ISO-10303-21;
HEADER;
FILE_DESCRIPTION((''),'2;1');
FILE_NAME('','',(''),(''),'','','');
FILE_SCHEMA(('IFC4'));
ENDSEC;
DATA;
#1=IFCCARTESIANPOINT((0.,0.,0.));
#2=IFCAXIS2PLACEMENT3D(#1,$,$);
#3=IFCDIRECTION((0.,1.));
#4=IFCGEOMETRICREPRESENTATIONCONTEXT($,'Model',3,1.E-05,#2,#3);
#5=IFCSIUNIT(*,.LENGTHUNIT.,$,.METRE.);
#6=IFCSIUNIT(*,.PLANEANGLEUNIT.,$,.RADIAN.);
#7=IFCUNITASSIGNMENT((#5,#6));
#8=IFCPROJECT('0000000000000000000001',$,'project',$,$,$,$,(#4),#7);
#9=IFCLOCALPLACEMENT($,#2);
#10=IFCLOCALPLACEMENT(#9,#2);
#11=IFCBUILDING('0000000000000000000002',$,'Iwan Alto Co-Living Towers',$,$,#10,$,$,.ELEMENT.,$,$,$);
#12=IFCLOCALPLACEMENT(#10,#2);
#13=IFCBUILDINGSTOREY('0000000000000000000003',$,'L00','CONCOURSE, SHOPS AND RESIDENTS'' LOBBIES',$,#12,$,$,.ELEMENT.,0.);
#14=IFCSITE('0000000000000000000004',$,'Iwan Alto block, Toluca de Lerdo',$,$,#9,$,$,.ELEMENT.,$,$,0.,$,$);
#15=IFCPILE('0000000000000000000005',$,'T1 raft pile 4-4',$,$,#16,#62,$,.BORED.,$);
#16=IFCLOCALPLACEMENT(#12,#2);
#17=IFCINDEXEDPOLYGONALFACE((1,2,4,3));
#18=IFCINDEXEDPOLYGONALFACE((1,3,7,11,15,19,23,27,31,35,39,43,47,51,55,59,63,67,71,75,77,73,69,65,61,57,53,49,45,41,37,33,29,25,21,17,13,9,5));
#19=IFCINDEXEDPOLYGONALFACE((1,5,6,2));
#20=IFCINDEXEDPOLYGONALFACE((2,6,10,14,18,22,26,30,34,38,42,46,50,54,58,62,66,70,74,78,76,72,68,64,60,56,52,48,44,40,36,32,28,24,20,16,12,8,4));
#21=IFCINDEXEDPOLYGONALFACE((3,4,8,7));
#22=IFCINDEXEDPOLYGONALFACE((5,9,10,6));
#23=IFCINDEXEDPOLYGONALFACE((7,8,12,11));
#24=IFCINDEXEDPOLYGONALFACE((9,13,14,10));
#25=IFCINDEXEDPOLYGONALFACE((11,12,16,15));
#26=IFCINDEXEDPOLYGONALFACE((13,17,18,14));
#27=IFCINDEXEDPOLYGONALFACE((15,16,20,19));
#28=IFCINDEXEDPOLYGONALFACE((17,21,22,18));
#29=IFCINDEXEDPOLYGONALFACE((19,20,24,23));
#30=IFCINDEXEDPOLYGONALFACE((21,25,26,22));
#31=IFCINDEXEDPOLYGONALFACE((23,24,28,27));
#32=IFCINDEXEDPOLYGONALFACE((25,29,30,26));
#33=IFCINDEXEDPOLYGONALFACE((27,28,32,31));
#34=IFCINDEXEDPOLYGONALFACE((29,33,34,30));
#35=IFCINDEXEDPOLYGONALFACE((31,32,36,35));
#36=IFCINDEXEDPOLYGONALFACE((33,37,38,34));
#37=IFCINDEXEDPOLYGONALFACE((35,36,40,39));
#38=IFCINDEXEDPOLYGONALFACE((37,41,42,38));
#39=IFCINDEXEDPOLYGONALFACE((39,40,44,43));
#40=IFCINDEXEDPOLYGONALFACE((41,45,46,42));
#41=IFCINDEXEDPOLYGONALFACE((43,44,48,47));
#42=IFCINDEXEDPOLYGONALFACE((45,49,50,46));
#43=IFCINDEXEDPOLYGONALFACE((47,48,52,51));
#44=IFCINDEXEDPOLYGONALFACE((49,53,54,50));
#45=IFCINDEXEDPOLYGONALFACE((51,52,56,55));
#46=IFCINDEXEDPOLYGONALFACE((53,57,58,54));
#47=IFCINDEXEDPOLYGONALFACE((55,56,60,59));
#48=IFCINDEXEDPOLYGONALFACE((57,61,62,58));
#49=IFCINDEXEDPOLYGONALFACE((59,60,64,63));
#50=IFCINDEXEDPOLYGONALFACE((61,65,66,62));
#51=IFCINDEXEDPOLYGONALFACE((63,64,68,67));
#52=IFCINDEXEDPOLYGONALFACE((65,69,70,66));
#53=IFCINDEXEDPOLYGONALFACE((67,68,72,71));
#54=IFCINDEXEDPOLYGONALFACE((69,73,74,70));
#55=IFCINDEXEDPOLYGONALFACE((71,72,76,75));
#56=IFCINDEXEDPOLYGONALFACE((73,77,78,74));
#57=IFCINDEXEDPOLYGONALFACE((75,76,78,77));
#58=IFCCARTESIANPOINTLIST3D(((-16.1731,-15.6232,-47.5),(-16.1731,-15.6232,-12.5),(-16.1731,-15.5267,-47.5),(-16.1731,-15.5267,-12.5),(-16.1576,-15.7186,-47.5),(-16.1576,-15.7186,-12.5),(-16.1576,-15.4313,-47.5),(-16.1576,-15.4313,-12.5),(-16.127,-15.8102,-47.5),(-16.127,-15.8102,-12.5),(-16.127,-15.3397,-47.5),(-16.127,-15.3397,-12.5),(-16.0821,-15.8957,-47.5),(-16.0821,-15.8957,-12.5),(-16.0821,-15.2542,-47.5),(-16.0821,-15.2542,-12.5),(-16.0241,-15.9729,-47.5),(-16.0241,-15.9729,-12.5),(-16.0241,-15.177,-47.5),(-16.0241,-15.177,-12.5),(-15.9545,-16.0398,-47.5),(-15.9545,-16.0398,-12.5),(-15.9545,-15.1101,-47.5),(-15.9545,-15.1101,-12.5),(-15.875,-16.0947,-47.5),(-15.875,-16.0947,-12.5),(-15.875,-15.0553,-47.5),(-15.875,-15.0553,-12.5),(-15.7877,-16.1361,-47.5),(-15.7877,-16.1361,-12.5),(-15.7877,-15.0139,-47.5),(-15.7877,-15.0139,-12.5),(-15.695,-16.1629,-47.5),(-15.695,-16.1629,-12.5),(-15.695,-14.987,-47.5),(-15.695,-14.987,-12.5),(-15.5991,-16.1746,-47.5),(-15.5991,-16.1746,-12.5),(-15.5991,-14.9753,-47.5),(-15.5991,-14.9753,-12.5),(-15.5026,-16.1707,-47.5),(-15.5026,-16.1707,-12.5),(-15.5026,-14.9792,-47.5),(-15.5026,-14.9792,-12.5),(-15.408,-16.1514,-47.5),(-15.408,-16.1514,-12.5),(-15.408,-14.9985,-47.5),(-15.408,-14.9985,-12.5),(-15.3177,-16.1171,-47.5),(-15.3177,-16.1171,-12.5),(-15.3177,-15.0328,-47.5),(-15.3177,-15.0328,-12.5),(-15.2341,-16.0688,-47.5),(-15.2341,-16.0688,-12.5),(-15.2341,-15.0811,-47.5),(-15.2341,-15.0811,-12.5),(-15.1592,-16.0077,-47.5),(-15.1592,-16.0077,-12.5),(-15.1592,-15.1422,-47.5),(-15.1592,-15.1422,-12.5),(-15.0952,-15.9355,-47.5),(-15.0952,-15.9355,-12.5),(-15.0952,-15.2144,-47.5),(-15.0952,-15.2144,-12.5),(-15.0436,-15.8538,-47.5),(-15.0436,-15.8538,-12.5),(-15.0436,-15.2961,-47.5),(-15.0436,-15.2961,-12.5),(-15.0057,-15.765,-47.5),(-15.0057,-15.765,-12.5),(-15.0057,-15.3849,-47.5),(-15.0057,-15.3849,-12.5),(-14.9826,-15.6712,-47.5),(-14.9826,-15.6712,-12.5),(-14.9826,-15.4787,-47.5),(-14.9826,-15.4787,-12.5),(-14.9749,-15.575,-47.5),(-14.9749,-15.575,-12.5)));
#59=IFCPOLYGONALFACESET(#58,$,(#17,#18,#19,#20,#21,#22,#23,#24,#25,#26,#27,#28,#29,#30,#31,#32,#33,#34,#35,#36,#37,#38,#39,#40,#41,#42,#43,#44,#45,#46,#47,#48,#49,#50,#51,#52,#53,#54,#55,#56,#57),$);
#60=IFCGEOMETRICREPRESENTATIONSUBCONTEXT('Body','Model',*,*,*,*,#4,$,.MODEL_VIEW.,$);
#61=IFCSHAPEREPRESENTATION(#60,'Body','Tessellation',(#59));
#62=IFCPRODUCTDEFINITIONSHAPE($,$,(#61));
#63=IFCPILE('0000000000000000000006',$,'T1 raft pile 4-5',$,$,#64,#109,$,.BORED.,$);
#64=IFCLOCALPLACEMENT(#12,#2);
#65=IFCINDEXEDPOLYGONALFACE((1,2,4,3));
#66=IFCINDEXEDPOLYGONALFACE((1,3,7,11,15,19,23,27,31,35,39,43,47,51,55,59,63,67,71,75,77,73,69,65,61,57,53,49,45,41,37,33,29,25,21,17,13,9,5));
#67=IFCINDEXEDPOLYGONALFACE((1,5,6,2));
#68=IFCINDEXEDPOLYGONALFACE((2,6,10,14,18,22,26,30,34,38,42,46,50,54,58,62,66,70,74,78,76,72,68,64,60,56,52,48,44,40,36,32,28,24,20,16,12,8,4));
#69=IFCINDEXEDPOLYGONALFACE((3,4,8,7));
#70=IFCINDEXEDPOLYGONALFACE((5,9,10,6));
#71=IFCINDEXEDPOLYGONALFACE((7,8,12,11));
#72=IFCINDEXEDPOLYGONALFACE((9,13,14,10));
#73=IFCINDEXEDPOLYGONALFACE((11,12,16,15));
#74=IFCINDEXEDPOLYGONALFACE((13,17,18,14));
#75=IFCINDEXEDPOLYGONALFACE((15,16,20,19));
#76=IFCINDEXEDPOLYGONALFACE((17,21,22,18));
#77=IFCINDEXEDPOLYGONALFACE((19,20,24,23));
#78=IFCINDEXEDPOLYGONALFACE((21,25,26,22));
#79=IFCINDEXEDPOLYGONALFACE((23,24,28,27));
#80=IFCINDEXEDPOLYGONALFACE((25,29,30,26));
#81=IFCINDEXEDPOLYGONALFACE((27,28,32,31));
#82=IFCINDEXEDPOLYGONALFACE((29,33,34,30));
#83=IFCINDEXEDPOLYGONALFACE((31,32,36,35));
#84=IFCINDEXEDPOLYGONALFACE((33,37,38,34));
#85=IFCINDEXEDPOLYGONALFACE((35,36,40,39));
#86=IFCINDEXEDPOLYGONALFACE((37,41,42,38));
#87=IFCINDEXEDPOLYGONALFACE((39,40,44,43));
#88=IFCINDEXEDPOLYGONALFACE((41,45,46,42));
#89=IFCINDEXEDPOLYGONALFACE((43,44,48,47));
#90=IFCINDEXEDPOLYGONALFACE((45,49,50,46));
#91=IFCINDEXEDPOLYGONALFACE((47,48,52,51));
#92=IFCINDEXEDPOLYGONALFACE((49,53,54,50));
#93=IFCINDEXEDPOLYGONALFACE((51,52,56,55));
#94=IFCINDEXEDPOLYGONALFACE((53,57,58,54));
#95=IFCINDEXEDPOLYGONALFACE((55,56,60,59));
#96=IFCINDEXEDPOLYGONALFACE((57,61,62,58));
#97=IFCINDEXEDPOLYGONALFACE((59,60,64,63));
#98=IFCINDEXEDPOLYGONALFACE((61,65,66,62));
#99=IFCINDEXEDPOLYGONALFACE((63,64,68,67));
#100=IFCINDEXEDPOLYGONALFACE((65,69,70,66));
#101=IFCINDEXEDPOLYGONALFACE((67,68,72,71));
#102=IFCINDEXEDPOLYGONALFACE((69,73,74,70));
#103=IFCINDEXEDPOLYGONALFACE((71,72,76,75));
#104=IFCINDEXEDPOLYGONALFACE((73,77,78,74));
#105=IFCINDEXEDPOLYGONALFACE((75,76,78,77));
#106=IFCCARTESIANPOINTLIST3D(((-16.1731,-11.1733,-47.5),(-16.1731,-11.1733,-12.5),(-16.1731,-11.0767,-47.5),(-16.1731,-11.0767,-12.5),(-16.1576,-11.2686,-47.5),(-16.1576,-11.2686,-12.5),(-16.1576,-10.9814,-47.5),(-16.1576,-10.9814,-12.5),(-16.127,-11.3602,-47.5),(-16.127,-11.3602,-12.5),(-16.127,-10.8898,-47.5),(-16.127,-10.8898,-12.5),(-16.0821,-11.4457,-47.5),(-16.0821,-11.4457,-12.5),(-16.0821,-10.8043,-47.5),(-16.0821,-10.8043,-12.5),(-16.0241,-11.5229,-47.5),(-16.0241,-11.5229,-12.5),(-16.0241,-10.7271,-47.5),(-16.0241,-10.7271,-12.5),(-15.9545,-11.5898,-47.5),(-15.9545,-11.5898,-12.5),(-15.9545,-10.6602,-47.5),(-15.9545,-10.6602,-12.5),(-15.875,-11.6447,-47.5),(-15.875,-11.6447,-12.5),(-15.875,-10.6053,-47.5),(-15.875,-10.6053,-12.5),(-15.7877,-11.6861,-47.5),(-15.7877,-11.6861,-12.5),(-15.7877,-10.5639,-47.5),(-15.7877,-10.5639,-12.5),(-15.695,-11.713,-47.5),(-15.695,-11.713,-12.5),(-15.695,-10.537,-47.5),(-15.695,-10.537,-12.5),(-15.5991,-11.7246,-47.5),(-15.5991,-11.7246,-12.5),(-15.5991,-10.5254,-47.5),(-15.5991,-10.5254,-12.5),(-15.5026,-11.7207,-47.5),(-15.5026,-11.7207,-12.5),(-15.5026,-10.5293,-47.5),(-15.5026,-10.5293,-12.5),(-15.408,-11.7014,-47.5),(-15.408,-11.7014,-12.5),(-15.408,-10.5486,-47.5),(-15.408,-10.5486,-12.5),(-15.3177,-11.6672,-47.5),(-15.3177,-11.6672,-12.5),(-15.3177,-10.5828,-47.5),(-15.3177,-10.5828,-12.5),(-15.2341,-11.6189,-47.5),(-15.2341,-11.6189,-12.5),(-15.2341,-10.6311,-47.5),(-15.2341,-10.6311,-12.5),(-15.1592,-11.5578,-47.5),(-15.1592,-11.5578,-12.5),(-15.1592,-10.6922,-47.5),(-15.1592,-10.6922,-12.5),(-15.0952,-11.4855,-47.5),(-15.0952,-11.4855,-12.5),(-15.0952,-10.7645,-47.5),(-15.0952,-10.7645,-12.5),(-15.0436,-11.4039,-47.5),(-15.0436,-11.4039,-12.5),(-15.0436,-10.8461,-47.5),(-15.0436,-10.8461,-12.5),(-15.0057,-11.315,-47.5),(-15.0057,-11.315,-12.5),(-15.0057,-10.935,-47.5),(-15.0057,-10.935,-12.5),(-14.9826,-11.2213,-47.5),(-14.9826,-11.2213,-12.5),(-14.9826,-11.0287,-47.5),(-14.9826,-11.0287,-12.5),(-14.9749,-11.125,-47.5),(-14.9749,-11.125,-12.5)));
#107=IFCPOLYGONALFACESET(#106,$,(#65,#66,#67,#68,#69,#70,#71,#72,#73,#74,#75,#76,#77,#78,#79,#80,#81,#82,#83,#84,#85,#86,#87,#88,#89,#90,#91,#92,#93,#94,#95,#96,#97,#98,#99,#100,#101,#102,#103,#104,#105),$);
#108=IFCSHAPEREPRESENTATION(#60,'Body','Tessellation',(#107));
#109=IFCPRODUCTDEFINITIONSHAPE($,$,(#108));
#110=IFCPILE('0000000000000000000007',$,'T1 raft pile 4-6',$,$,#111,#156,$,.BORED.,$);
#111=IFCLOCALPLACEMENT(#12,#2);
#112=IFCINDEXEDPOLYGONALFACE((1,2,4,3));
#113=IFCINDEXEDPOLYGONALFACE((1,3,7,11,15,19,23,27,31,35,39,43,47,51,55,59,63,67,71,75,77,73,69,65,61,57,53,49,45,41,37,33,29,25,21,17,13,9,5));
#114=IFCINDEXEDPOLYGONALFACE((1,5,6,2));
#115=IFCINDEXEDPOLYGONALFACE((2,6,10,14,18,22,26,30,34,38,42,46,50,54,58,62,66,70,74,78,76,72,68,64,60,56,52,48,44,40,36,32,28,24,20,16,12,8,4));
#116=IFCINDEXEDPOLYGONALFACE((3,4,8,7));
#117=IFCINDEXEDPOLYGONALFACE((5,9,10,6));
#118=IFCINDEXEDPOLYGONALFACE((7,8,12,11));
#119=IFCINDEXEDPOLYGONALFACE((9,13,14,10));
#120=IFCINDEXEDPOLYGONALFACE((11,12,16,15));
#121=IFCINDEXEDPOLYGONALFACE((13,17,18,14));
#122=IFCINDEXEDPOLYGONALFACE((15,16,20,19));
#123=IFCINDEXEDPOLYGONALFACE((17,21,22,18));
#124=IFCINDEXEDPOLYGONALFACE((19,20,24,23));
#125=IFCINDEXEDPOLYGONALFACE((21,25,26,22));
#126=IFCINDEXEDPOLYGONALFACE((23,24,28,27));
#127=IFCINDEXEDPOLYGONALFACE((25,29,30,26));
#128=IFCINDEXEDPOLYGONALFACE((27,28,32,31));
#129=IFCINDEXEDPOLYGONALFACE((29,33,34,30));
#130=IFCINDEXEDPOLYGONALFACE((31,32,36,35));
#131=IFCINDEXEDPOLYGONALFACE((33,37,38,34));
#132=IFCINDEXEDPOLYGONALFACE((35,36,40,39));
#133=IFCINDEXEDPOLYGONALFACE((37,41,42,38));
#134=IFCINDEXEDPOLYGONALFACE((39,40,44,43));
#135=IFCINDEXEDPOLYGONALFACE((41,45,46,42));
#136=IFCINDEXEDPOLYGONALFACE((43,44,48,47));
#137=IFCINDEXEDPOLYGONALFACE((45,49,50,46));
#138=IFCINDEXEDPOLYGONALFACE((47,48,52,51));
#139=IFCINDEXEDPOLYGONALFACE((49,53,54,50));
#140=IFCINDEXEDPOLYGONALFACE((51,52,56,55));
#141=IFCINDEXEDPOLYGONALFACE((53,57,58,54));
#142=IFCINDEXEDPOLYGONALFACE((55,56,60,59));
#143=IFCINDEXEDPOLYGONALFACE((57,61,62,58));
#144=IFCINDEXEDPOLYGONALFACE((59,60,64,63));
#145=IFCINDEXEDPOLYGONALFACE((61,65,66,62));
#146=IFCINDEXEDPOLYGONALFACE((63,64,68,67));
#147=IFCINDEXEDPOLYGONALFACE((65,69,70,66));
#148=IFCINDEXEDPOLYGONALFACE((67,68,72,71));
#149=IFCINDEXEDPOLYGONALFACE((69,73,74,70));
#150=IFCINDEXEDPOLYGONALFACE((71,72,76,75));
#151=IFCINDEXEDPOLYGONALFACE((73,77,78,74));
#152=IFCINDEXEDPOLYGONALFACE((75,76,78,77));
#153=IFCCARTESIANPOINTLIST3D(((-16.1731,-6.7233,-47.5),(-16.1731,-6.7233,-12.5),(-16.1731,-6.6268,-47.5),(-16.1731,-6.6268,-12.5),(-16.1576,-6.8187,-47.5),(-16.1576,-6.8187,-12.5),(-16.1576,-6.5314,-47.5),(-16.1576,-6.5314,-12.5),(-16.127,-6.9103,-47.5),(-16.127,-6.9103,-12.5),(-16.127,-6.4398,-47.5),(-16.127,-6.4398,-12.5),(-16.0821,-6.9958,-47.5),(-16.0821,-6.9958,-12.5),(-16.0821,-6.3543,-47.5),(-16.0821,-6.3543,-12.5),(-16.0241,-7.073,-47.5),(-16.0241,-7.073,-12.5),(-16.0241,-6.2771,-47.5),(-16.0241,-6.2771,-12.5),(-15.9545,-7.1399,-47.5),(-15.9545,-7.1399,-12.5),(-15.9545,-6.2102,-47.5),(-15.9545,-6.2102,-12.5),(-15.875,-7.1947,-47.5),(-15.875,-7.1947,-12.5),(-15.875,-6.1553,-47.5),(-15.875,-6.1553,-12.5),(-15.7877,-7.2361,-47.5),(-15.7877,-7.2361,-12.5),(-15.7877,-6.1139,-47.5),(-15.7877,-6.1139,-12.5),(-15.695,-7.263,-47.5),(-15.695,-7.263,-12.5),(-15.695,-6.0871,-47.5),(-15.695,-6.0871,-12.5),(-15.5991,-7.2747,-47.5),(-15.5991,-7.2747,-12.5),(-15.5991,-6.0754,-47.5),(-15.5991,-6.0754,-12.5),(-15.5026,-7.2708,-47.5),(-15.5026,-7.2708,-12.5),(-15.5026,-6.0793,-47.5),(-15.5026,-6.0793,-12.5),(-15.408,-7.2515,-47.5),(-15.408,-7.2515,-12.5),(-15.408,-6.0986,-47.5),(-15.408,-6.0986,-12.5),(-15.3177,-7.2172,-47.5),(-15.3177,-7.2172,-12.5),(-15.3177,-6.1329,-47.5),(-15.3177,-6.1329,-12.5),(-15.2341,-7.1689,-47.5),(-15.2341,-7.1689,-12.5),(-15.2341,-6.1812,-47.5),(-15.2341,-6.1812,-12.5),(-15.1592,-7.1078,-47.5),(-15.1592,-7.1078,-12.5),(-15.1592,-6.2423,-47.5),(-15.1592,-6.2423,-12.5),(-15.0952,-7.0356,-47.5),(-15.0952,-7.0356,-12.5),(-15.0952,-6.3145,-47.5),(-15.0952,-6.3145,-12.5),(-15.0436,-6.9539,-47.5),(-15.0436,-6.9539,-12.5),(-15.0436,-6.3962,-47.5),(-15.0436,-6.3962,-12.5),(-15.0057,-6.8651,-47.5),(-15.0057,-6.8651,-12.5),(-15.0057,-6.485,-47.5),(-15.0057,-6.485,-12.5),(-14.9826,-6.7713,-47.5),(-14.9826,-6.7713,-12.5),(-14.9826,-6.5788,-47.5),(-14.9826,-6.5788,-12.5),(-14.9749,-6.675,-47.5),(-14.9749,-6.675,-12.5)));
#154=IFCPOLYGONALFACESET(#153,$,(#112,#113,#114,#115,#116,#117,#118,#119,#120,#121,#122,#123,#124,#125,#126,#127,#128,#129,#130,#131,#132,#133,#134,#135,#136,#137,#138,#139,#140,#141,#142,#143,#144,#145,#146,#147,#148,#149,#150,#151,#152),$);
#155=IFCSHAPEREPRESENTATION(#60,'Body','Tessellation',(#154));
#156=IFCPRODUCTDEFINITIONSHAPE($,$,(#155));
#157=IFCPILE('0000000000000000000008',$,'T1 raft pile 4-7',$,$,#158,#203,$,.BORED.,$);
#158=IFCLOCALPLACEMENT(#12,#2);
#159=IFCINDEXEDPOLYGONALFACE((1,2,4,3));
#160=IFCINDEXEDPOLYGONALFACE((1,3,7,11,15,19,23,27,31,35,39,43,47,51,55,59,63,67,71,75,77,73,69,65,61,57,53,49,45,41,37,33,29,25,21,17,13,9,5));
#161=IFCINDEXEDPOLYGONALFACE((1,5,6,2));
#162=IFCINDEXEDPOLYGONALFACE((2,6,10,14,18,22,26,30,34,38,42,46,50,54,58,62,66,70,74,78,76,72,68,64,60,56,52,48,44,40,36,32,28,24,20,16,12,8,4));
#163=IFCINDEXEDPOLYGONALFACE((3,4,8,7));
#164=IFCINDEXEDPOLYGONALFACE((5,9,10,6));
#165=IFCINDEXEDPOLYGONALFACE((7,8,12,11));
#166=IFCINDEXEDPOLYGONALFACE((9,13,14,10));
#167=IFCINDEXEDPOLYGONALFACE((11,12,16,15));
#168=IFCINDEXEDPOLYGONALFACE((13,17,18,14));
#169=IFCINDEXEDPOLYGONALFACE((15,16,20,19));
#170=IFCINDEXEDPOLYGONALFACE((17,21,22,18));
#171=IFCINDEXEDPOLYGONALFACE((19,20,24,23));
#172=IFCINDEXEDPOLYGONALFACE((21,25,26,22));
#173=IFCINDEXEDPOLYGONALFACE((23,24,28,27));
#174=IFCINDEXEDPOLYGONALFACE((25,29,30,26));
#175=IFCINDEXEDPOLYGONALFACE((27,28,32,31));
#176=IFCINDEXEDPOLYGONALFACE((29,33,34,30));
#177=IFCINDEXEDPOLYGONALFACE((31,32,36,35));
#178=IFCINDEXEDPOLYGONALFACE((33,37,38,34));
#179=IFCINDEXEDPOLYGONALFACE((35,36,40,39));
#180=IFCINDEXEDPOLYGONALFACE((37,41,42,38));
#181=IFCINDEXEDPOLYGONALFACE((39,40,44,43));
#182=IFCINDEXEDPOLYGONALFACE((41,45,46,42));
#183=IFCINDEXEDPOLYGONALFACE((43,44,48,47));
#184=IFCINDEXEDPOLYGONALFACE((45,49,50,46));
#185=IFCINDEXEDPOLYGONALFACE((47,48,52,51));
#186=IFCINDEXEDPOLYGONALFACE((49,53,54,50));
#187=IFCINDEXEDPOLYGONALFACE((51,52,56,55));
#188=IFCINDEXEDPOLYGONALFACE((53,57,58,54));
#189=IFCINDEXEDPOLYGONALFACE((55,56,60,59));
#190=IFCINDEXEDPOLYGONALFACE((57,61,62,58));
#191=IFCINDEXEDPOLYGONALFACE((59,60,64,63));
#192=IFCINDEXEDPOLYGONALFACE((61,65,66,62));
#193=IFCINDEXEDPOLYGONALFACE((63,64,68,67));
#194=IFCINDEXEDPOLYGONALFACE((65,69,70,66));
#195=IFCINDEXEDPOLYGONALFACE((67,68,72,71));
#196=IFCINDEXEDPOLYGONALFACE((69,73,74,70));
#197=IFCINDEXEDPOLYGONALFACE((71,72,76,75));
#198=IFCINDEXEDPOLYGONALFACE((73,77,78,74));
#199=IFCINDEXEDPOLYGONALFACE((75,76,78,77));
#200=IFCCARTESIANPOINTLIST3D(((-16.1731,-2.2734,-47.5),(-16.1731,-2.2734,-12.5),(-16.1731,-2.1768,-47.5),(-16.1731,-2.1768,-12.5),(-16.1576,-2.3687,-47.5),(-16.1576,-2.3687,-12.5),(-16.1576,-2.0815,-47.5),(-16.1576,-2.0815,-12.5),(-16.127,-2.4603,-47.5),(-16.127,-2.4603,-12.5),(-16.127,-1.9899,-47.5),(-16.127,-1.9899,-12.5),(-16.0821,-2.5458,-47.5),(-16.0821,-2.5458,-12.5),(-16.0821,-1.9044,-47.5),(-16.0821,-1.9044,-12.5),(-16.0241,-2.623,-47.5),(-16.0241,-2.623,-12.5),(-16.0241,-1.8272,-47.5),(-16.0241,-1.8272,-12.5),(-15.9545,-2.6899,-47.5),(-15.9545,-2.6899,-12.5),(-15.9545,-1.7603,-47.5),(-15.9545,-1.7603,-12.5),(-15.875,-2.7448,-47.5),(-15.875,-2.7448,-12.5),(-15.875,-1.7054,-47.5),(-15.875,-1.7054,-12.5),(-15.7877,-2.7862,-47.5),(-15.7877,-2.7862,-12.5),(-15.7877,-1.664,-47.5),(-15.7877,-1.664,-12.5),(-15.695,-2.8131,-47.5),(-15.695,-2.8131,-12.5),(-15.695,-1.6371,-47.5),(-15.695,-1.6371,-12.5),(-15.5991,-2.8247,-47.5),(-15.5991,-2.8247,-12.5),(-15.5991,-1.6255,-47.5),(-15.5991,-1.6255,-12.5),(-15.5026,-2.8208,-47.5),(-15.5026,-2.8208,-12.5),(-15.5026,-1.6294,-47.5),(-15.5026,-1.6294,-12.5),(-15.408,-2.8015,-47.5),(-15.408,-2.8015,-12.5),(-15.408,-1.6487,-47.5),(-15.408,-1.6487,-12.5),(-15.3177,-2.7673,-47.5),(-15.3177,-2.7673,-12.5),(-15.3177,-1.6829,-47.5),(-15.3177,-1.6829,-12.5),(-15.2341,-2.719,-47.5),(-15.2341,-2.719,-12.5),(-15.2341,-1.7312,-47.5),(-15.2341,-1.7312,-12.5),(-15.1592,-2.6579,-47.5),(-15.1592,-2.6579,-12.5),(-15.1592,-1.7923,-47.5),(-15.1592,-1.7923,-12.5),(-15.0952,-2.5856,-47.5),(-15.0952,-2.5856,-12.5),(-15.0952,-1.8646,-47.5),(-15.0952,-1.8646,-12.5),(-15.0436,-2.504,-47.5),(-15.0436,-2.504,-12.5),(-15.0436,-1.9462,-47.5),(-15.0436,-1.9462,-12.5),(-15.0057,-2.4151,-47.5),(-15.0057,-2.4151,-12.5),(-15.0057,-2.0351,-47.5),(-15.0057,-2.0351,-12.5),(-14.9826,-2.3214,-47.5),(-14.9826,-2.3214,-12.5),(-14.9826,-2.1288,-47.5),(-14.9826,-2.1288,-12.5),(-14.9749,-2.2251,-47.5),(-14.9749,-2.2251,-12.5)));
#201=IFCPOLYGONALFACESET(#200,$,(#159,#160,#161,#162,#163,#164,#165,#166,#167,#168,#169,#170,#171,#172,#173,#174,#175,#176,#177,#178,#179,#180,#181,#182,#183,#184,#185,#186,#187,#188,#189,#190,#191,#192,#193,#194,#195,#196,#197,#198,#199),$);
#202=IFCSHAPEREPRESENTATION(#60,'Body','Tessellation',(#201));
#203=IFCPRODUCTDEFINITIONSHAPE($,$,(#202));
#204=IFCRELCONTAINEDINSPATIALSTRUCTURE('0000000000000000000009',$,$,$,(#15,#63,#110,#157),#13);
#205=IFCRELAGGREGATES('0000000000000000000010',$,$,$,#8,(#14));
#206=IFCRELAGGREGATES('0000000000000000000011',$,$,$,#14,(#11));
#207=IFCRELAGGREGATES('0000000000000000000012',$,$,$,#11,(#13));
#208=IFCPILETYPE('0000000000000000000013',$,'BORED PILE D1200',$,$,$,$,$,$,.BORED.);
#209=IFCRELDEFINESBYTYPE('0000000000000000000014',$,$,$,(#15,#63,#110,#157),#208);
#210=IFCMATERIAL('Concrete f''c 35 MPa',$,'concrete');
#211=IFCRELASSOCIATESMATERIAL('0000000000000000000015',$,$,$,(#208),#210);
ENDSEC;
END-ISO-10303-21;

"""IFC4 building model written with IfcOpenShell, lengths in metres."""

from ifc_helpers import new_model, si_unit, direction, frame, origin, origin_2d, place, context, subcontext, project, spatial, circle, extrude, material, material_profile, profile_set, type_object, element, save


model = new_model("IFC4")

# Units and contexts
model_context = context("Model", 3, precision=1e-05, world=origin(), true_north=direction((0.0, 1.0)))
body_context = subcontext(model_context, "Body", "Model", "MODEL_VIEW")
ifc_project = project(units=[si_unit("LENGTHUNIT", "METRE"), si_unit("PLANEANGLEUNIT", "RADIAN")], contexts=[model_context])

# Site, building, storey
site_placement = place(None, origin())
site = spatial("IfcSite", under=ifc_project, at=site_placement, Name="Iwan Alto block, Toluca de Lerdo", CompositionType="ELEMENT", RefElevation=0.0)
building_placement = place(site_placement, origin())
building = spatial("IfcBuilding", under=site, at=building_placement, Name="Iwan Alto Co-Living Towers", CompositionType="ELEMENT")
storey_placement = place(building_placement, origin())
storey = spatial("IfcBuildingStorey", under=building, at=storey_placement, Name="L00", Description="CONCOURSE, SHOPS AND RESIDENTS' LOBBIES", CompositionType="ELEMENT", Elevation=0.0)

# Piles
ifc_material_1 = material(Name="Concrete f'c 35 MPa", Category="concrete")
ifc_material_profile = material_profile(ifc_material_1, circle(Radius=0.6001, at=origin_2d()), Name="D1200")
ifc_profile_set = profile_set([ifc_material_profile], Name="Concrete f'c 35 MPa")
pile_type = type_object("IfcPileType", Name="BORED PILE D1200", PredefinedType="BORED", material=ifc_profile_set)
for number, where, z_axis, x_axis, name in (
    (1, (-15.575, -15.575, -12.5), (0.0, 0.0, -1.0), (1.0, 0.0, 0.0), "T1 raft pile 4-4"),
    (2, (-15.575, -11.125, -12.5), (0.0, 0.0, -1.0), (1.0, 0.0, 0.0), "T1 raft pile 4-5"),
    (3, (-15.575, -6.675, -12.5), (0.0, 0.0, -1.0), (1.0, 0.0, 0.0), "T1 raft pile 4-6"),
    (4, (-15.575, -2.2251, -12.5), (0.0, 0.0, -1.0), (1.0, 0.0, 0.0), "T1 raft pile 4-7"),
):
    element("IfcPile", number, at=place(storey_placement, frame(where, z_axis=z_axis, x_axis=x_axis)), inside=storey, type_object=pile_type, Name=name, PredefinedType="BORED", context=body_context, shape_type="SweptSolid", body=[
        extrude(circle(Radius=0.6001, at=origin_2d()), origin(), (0.0, 0.0, 1.0), 35.0),
    ])

save(model, "model.ifc")
